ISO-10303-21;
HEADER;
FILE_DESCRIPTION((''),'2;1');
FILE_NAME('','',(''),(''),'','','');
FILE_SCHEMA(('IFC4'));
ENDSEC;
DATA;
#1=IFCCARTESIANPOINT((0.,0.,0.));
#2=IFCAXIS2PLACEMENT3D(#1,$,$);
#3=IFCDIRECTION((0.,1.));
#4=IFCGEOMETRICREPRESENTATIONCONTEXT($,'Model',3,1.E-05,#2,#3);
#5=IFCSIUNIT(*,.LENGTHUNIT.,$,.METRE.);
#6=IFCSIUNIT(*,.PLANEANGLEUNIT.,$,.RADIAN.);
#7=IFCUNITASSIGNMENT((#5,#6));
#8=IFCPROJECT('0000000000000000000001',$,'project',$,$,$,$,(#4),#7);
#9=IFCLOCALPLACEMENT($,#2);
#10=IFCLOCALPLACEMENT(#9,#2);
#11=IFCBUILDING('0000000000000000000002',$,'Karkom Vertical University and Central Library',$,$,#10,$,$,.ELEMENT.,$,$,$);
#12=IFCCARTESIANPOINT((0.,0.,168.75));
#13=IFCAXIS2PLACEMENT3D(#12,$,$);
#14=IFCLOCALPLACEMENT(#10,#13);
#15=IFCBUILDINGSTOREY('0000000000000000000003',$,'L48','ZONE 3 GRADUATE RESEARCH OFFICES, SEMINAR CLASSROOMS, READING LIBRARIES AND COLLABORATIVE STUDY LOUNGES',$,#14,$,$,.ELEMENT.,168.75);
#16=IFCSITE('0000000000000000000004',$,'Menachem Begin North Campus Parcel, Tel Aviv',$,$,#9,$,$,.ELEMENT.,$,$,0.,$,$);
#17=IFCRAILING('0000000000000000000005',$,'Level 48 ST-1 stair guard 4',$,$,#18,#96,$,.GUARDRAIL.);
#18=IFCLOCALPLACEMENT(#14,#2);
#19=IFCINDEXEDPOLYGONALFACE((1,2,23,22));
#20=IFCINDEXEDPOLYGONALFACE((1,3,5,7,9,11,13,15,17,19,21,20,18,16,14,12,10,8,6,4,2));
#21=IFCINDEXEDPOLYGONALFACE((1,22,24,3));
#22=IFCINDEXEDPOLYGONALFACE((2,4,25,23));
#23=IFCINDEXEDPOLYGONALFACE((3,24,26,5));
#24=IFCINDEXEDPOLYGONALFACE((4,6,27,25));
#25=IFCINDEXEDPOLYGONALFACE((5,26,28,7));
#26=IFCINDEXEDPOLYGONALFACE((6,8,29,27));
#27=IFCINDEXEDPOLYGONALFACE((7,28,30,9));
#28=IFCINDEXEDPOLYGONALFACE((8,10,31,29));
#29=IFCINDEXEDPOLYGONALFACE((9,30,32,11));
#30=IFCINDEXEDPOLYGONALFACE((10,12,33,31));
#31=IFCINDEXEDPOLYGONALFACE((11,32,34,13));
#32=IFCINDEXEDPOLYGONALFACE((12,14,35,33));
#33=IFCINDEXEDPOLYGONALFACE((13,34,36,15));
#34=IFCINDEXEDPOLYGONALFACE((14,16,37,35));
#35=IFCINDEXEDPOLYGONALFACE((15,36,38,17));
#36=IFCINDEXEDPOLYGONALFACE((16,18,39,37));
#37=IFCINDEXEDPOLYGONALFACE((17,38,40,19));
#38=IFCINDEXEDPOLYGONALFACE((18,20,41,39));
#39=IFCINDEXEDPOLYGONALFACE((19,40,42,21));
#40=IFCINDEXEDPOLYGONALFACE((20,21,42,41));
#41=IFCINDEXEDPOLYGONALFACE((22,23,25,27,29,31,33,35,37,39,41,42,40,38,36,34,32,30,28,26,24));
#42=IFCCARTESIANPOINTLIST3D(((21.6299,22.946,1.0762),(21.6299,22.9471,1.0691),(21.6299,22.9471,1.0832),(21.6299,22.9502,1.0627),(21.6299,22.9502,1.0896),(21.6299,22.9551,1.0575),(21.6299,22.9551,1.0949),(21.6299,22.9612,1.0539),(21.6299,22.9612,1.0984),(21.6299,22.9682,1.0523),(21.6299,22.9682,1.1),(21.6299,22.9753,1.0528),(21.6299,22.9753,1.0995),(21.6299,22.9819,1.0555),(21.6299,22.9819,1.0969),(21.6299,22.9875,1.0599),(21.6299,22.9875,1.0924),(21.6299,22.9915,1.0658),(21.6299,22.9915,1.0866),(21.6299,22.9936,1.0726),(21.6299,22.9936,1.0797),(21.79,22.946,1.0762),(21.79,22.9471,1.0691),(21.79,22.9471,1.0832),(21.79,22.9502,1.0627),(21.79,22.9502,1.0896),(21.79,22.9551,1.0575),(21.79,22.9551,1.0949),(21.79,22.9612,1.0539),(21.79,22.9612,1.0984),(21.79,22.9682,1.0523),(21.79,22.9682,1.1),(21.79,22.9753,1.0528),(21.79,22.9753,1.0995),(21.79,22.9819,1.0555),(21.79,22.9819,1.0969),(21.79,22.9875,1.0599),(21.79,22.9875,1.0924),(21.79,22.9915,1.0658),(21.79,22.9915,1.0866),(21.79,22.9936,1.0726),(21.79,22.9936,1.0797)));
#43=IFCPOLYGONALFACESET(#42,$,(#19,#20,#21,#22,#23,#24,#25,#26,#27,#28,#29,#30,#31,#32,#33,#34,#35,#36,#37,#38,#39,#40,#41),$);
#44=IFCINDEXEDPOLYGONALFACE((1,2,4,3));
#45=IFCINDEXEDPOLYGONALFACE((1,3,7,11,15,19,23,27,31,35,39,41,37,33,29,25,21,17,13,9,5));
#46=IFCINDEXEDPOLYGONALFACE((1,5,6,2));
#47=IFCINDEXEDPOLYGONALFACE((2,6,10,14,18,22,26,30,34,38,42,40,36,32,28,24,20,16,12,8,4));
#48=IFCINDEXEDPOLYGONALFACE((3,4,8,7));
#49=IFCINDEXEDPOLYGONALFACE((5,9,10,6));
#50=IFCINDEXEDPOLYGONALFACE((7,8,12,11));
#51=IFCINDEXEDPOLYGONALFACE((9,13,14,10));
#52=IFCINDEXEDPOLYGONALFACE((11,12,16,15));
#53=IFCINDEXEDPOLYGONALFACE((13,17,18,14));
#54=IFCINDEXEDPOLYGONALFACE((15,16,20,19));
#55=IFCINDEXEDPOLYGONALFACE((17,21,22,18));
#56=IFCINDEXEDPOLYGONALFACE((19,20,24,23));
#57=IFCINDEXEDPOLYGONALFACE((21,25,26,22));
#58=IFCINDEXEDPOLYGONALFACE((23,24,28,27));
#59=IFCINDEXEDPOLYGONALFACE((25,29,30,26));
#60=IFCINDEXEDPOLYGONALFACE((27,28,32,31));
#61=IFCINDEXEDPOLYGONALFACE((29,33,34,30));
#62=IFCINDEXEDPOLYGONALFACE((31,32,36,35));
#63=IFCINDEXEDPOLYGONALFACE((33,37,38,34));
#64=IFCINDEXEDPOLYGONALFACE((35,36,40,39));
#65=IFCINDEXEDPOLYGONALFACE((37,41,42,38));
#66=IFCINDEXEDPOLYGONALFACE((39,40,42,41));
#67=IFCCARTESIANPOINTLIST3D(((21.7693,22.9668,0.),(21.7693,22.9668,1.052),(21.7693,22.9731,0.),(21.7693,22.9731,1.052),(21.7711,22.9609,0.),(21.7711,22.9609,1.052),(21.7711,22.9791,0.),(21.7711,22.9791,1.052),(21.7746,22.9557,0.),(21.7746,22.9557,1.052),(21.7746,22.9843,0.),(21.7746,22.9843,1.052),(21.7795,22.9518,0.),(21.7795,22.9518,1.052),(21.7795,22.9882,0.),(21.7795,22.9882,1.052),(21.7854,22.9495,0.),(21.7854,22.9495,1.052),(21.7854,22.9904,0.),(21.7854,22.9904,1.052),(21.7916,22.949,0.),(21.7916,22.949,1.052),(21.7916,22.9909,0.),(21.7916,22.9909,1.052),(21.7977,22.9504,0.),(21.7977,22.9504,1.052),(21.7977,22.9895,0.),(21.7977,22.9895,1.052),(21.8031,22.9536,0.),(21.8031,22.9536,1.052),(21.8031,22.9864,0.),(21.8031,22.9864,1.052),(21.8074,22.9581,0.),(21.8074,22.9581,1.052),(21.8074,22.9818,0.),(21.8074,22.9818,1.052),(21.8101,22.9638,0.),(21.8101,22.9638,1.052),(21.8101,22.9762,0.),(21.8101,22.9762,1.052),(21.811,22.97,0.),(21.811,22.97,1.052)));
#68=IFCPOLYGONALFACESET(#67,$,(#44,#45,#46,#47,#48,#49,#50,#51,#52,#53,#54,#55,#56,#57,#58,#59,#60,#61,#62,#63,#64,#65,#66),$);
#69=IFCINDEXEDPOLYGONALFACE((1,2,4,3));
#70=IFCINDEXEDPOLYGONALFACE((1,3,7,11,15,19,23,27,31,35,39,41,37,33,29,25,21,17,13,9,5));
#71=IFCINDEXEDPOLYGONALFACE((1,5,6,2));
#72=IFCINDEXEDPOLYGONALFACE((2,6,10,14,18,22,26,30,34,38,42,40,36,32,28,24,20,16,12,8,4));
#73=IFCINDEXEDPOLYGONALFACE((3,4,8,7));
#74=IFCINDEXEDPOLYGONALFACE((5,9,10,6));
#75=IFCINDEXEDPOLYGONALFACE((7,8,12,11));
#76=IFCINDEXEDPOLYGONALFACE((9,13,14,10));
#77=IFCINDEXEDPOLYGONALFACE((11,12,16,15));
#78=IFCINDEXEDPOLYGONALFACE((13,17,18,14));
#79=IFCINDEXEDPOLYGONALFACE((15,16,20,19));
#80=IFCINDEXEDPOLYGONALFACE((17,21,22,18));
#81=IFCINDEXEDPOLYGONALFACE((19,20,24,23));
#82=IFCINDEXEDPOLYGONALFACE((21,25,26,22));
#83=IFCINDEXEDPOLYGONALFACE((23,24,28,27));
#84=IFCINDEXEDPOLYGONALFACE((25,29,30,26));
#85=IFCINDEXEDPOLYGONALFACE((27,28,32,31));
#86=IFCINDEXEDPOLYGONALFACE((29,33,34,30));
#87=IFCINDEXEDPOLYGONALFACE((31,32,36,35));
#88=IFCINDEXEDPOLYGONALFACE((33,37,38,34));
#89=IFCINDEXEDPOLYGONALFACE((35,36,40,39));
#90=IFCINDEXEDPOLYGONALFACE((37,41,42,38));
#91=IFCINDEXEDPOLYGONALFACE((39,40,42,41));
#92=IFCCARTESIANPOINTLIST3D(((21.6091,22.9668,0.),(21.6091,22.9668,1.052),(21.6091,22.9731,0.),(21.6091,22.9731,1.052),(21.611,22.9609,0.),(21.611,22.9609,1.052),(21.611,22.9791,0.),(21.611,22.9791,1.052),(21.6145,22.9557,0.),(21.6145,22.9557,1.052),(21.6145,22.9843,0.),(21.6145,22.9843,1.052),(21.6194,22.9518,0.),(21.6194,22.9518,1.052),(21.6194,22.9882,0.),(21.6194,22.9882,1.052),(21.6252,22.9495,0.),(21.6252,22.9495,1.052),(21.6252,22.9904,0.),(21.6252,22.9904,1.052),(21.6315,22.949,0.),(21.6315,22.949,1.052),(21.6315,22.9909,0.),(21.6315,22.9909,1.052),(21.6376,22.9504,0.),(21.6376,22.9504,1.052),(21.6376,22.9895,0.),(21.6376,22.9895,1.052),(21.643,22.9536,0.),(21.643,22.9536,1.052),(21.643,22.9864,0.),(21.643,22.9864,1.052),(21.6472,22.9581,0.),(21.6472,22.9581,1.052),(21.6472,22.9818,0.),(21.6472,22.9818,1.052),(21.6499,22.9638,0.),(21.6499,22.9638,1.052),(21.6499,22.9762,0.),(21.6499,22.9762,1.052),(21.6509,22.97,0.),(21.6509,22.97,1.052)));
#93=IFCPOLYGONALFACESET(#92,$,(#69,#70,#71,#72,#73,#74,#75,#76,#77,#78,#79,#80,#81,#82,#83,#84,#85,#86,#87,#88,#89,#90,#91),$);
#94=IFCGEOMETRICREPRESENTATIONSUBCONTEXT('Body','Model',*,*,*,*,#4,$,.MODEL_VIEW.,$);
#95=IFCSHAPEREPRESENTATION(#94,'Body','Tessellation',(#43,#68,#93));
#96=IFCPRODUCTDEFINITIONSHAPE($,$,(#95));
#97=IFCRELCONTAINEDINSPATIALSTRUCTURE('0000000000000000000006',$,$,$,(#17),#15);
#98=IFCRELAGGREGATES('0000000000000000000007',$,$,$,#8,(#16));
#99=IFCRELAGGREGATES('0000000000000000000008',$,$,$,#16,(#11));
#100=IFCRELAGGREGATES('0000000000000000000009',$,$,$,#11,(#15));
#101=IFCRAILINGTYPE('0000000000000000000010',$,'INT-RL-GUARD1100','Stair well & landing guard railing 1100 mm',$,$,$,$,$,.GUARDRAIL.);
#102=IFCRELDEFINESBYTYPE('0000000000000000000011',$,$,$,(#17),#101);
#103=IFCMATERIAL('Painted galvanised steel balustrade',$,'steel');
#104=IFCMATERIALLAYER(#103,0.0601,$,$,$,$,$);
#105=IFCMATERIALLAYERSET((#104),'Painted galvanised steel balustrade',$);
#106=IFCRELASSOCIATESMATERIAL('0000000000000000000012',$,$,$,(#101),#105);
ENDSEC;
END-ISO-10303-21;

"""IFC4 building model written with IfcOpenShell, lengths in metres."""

from ifc_helpers import new_model, si_unit, direction, frame, origin, origin_2d, place, context, subcontext, project, spatial, circle, extrude, material, layer, layer_set, type_object, element, save


model = new_model("IFC4")

# Units and contexts
model_context = context("Model", 3, precision=1e-05, world=origin(), true_north=direction((0.0, 1.0)))
body_context = subcontext(model_context, "Body", "Model", "MODEL_VIEW")
ifc_project = project(units=[si_unit("LENGTHUNIT", "METRE"), si_unit("PLANEANGLEUNIT", "RADIAN")], contexts=[model_context])

# Site, building, storey
site_placement = place(None, origin())
site = spatial("IfcSite", under=ifc_project, at=site_placement, Name="Menachem Begin North Campus Parcel, Tel Aviv", CompositionType="ELEMENT", RefElevation=0.0)
building_placement = place(site_placement, origin())
building = spatial("IfcBuilding", under=site, at=building_placement, Name="Karkom Vertical University and Central Library", CompositionType="ELEMENT")
storey_placement = place(building_placement, frame((0.0, 0.0, 168.75)))
storey = spatial("IfcBuildingStorey", under=building, at=storey_placement, Name="L48", Description="ZONE 3 GRADUATE RESEARCH OFFICES, SEMINAR CLASSROOMS, READING LIBRARIES AND COLLABORATIVE STUDY LOUNGES", CompositionType="ELEMENT", Elevation=168.75)

# Railing
ifc_material_1 = material(Name="Painted galvanised steel balustrade", Category="steel")
ifc_layer_1 = layer(ifc_material_1, 0.0601)
ifc_layer_set_1 = layer_set([ifc_layer_1], Name="Painted galvanised steel balustrade")
railing_type = type_object("IfcRailingType", Name="INT-RL-GUARD1100", Description="Stair well & landing guard railing 1100 mm", PredefinedType="GUARDRAIL", material=ifc_layer_set_1)
railing_1_placement = place(storey_placement, frame((21.79, 22.97, 0.0)))
element("IfcRailing", 1, at=railing_1_placement, inside=storey, type_object=railing_type, Name="Level 48 ST-1 stair guard 4", PredefinedType="GUARDRAIL", context=body_context, shape_type="SweptSolid", body=[
    extrude(circle(Radius=0.0239, at=origin_2d()), frame((0.0, 0.0, 1.0762), z_axis=(-1.0, 0.0, 0.0), x_axis=(0.0, -1.0, 0.0)), (0.0, 0.0, 1.0), 0.1602),
    extrude(circle(Radius=0.021, at=origin_2d()), origin(), (0.0, 0.0, 1.0), 1.052),
    extrude(circle(Radius=0.021, at=origin_2d()), frame((-0.1602, 0.0, 0.0)), (0.0, 0.0, 1.0), 1.052),
])

save(model, "model.ifc")
